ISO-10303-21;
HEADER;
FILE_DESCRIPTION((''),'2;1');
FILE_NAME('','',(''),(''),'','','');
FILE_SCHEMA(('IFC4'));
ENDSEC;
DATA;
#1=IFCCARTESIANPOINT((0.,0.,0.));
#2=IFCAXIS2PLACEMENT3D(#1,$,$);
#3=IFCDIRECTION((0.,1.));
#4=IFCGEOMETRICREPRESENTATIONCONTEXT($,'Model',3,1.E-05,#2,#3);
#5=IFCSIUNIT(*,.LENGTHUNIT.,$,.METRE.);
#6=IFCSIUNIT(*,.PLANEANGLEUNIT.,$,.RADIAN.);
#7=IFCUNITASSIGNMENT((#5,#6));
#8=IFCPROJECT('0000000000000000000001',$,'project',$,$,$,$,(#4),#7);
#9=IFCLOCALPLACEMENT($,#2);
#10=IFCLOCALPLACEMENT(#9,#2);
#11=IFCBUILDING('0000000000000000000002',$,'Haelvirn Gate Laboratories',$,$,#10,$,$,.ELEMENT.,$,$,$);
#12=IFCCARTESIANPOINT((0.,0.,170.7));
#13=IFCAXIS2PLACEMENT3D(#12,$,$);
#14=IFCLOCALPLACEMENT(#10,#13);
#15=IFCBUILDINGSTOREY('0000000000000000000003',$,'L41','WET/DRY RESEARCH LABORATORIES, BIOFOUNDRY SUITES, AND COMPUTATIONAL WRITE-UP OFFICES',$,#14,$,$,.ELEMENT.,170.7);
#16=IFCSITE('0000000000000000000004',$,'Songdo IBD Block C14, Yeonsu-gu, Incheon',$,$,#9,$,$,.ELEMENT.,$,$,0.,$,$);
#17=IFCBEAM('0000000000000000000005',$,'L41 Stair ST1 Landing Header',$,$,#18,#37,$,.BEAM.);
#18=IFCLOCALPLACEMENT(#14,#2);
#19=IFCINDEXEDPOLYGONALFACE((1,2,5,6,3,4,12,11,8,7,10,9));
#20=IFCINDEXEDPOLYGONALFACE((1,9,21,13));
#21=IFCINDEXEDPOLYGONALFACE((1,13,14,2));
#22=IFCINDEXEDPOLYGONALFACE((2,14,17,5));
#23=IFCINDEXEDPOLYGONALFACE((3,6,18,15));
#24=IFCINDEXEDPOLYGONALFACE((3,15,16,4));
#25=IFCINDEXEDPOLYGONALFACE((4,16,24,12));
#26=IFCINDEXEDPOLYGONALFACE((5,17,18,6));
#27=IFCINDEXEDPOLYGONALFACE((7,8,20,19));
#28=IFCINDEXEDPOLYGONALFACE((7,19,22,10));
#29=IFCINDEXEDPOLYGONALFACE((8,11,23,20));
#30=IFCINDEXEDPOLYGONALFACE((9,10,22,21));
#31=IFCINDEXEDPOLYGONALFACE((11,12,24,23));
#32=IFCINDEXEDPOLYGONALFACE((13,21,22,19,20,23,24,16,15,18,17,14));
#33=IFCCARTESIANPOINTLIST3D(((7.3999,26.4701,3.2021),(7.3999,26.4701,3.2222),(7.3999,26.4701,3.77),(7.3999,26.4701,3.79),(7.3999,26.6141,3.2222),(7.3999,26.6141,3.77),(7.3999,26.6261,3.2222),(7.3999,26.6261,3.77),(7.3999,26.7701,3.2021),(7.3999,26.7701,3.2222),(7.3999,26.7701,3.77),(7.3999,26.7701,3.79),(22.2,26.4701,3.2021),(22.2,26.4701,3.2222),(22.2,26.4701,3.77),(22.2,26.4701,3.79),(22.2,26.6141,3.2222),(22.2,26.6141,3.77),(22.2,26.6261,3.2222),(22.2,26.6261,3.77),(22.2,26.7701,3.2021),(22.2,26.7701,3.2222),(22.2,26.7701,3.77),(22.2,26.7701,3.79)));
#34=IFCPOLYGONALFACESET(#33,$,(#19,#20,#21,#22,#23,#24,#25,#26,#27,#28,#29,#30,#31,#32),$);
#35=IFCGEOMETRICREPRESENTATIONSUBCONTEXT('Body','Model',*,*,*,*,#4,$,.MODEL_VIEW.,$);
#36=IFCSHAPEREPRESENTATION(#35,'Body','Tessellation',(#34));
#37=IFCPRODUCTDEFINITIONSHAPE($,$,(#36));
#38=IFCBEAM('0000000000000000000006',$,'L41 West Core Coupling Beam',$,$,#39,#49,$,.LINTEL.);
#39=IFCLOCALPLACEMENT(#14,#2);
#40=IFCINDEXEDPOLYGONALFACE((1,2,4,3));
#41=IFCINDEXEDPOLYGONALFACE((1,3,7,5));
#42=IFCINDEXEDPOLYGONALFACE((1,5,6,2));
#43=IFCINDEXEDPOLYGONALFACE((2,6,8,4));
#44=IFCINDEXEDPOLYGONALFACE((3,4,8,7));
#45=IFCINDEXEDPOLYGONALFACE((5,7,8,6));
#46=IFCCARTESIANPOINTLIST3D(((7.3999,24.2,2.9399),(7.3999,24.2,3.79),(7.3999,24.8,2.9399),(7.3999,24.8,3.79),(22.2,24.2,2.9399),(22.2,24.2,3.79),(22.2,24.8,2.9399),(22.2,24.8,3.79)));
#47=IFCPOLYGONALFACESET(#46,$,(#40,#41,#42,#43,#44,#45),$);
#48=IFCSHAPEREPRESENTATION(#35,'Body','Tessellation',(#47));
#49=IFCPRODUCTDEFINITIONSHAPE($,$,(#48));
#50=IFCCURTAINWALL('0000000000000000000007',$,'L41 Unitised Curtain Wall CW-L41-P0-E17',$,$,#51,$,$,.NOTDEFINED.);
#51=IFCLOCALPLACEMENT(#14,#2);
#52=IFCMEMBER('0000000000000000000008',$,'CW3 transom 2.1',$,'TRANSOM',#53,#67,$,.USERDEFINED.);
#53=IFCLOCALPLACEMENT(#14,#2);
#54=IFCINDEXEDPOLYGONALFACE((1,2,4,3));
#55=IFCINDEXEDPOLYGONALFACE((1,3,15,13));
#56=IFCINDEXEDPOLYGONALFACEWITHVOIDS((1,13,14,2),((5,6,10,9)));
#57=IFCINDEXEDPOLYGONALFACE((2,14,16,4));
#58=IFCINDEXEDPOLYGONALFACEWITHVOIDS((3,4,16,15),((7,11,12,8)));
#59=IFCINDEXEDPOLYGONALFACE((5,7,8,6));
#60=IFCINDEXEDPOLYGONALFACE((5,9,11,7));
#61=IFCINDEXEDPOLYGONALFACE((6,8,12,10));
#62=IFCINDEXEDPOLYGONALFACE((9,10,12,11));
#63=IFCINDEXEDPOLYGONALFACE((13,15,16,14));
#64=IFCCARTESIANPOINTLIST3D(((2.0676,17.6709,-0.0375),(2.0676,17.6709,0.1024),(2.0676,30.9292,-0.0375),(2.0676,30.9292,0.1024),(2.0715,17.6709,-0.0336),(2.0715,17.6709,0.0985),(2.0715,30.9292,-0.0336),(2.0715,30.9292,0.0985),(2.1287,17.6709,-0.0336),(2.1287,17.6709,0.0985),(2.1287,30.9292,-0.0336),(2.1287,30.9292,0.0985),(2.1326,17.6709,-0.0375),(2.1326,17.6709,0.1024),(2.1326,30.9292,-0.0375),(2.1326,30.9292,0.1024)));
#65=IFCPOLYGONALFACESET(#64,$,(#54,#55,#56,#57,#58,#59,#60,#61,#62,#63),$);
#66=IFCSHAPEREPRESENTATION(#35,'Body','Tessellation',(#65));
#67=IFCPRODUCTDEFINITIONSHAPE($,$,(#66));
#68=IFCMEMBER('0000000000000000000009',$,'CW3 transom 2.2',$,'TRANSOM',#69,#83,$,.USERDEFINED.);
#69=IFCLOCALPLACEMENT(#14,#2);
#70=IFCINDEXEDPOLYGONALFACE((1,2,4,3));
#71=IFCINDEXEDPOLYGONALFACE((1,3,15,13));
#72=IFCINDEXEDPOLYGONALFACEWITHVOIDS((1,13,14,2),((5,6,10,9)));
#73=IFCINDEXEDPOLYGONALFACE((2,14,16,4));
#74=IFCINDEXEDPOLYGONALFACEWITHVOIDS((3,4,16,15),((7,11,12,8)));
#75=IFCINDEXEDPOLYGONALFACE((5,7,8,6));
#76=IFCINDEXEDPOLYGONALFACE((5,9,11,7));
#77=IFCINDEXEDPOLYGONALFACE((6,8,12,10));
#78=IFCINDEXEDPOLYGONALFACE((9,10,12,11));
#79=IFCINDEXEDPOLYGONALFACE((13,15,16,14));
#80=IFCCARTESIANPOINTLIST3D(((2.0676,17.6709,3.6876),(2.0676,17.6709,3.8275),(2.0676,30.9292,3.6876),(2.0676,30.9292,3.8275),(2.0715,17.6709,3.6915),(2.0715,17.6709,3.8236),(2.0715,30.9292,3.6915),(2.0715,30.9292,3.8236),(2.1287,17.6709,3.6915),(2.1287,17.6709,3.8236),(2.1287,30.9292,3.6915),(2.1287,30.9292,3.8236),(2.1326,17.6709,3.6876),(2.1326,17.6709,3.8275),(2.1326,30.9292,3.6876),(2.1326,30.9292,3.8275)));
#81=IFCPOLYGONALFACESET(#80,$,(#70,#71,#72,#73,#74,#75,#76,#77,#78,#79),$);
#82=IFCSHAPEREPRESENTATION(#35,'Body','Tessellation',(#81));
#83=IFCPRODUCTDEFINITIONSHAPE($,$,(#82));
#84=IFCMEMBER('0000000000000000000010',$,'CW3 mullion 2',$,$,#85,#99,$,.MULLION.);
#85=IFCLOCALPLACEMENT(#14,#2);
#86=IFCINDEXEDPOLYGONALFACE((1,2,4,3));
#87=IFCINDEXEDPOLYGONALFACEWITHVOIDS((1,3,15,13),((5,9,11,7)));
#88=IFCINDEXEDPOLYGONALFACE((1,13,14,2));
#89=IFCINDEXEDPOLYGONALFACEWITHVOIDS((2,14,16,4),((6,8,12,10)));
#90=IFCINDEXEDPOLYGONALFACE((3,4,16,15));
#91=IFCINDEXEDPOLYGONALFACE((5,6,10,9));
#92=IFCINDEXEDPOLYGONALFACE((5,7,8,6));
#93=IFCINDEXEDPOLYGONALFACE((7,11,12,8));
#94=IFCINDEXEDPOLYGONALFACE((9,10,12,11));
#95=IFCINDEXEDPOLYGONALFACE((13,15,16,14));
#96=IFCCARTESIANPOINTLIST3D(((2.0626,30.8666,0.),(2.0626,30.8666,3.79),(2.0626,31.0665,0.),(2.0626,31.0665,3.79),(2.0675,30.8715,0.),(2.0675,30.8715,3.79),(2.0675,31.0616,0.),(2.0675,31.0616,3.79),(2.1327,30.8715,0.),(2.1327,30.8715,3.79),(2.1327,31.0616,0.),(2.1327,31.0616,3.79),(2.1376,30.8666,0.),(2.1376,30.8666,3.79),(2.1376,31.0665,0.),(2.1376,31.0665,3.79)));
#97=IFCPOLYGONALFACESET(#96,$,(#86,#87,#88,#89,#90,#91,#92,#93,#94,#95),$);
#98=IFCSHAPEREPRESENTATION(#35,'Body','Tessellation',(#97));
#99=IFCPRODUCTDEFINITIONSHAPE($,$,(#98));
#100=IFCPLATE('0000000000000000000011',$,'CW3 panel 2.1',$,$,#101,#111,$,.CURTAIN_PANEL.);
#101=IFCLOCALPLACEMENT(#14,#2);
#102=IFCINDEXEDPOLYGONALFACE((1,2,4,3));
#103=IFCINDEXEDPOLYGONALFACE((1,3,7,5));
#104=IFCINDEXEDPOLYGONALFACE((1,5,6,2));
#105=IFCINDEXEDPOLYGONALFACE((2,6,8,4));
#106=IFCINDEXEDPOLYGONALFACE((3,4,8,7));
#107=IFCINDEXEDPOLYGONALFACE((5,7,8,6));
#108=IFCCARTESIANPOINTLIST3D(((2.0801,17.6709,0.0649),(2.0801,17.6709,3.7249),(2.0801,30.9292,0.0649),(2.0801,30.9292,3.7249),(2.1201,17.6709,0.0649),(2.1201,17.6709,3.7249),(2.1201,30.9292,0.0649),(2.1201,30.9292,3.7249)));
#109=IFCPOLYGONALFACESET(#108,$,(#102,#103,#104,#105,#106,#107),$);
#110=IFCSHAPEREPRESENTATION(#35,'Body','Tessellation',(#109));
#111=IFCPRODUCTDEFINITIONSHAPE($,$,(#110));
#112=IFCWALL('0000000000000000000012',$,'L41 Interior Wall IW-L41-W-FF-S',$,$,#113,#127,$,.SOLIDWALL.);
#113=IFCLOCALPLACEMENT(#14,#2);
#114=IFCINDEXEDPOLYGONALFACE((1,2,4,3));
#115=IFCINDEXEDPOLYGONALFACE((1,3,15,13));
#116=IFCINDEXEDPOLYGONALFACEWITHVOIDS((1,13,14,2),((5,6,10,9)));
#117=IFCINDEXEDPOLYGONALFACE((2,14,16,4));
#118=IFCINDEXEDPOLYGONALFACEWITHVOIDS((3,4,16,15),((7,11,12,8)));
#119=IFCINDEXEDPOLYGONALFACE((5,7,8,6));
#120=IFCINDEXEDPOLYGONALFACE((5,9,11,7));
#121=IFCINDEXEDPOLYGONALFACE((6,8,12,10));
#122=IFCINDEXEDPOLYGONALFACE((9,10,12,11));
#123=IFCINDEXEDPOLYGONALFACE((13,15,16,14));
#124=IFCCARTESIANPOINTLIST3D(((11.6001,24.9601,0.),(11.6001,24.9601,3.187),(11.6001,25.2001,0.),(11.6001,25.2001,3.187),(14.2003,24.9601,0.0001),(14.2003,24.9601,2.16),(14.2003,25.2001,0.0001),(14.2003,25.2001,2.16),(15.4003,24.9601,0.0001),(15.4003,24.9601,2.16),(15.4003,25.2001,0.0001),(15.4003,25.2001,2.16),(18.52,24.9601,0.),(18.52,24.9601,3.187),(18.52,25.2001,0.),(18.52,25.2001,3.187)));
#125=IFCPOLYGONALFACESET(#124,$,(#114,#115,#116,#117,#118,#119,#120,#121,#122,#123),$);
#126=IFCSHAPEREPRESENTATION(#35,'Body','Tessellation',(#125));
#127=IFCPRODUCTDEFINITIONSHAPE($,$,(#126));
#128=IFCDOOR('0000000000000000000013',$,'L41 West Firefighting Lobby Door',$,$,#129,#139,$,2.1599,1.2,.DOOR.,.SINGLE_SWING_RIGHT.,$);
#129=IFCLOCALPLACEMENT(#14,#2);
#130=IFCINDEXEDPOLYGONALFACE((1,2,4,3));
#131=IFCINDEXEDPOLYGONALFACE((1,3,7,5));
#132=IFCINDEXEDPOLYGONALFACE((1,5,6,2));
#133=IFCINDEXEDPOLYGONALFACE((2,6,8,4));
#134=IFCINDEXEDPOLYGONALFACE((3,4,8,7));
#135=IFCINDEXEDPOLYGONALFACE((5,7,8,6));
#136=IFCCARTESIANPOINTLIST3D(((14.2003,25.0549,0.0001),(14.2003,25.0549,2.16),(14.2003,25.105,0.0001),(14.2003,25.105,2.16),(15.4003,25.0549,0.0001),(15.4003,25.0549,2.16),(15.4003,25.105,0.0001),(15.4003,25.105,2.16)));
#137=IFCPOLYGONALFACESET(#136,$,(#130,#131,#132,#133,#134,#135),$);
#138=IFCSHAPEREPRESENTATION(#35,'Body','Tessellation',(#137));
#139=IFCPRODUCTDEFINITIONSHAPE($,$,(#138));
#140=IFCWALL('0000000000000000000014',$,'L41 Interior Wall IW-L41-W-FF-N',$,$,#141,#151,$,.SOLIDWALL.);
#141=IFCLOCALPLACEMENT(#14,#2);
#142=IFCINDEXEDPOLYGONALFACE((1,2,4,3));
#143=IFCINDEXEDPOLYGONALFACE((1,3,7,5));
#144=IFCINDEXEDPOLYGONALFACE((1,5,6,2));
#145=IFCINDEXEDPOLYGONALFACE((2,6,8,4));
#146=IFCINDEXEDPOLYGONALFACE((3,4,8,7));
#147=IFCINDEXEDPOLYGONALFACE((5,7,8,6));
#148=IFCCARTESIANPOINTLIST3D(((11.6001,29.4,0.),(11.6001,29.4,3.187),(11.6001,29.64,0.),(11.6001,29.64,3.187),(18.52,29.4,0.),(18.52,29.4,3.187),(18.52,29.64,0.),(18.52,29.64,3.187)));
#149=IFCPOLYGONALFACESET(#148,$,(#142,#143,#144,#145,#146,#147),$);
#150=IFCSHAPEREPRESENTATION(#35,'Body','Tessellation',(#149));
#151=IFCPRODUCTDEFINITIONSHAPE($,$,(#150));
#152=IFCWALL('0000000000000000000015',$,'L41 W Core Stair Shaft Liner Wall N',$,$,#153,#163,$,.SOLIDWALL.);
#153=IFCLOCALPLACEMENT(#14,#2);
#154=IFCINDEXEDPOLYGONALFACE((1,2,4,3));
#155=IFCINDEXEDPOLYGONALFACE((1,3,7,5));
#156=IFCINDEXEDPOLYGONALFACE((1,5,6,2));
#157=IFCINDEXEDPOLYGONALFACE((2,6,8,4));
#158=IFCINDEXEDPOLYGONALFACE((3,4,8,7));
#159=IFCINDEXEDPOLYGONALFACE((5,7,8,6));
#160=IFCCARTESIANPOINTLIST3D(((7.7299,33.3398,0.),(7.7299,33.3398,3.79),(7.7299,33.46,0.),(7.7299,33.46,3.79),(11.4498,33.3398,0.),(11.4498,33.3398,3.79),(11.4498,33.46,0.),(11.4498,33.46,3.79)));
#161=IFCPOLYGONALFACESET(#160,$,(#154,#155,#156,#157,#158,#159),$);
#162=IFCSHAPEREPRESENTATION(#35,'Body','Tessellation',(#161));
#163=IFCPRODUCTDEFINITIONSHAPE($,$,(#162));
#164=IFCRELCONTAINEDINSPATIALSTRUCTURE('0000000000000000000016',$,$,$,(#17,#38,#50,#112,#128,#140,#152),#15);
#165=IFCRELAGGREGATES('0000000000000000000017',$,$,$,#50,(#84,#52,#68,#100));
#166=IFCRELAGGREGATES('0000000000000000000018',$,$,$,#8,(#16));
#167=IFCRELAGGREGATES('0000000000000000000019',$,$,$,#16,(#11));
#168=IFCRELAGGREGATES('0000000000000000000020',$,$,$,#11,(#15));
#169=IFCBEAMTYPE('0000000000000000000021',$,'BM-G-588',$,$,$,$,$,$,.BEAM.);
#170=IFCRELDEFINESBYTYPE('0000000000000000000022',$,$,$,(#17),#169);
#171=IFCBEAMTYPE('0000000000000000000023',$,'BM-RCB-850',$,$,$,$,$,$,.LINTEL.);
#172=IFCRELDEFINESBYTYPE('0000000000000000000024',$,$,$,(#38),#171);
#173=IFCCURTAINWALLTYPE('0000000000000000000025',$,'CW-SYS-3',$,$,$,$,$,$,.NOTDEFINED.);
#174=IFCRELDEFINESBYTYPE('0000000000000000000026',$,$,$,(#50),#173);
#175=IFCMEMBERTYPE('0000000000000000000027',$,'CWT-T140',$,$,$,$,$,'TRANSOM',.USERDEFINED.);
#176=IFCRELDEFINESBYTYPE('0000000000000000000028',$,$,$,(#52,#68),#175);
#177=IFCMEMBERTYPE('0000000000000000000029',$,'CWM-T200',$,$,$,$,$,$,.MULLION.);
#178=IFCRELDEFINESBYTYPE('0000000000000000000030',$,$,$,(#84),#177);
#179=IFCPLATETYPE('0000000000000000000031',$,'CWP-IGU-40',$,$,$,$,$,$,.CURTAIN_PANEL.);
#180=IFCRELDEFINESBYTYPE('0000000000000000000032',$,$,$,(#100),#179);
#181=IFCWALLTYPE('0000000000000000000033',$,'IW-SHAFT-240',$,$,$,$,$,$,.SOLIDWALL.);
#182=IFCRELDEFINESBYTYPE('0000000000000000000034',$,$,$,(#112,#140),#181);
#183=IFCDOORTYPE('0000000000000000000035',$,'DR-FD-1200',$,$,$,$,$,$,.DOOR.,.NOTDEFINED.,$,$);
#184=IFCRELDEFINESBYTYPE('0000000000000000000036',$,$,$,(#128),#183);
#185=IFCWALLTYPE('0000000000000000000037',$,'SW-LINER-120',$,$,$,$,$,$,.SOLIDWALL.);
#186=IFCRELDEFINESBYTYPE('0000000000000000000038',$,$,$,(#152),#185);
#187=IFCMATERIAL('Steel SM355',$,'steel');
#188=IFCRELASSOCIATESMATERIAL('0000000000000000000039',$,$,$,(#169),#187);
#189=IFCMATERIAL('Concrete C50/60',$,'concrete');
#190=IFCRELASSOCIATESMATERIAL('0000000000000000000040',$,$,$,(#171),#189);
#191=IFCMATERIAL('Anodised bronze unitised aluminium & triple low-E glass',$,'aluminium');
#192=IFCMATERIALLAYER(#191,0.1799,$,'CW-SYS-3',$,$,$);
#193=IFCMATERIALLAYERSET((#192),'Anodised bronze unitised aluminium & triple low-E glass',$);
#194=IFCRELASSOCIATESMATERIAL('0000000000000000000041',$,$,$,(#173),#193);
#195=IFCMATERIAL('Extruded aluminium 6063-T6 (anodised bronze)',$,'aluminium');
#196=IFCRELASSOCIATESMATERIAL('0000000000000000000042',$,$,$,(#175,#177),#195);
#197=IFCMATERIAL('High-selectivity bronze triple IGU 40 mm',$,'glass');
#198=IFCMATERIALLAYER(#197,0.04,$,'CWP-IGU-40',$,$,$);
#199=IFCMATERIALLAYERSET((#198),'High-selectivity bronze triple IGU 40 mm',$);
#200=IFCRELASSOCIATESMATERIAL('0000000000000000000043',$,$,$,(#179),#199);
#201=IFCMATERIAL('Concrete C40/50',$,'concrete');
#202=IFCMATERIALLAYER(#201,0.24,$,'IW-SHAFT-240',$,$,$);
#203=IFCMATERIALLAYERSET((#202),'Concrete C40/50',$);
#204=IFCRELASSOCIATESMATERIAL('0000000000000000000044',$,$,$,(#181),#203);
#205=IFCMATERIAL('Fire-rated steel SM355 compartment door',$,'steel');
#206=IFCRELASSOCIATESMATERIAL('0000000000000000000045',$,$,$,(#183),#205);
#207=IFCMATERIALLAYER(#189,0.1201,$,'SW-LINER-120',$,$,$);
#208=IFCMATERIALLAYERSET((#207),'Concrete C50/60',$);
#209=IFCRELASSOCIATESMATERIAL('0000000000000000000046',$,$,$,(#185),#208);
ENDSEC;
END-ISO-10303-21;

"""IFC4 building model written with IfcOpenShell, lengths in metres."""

from ifc_helpers import new_model, si_unit, direction, frame, frame_2d, origin, origin_2d, place, context, subcontext, project, spatial, rectangle, hollow_rectangle, i_section, extrude, source, transform, mapped, material, layer, layer_set, material_profile, profile_set, type_object, type_shapes, element, fill, aggregate, save


model = new_model("IFC4")

# Units and contexts
model_context = context("Model", 3, precision=1e-05, world=origin(), true_north=direction((0.0, 1.0)))
body_context = subcontext(model_context, "Body", "Model", "MODEL_VIEW")
ifc_project = project(units=[si_unit("LENGTHUNIT", "METRE"), si_unit("PLANEANGLEUNIT", "RADIAN")], contexts=[model_context])

# Site, building, storey
site_placement = place(None, origin())
site = spatial("IfcSite", under=ifc_project, at=site_placement, Name="Songdo IBD Block C14, Yeonsu-gu, Incheon", CompositionType="ELEMENT", RefElevation=0.0)
building_placement = place(site_placement, origin())
building = spatial("IfcBuilding", under=site, at=building_placement, Name="Haelvirn Gate Laboratories", CompositionType="ELEMENT")
storey_placement = place(building_placement, frame((0.0, 0.0, 170.7)))
storey = spatial("IfcBuildingStorey", under=building, at=storey_placement, Name="L41", Description="WET/DRY RESEARCH LABORATORIES, BIOFOUNDRY SUITES, AND COMPUTATIONAL WRITE-UP OFFICES", CompositionType="ELEMENT", Elevation=170.7)

# Beams
ifc_material_1 = material(Name="Steel SM355", Category="steel")
ifc_material_profile_1 = material_profile(ifc_material_1, i_section(OverallWidth=0.3, OverallDepth=0.5879, WebThickness=0.012, FlangeThickness=0.02, at=origin_2d()), Name="H-588x300x12x20")
ifc_profile_set_1 = profile_set([ifc_material_profile_1], Name="Steel SM355")
beam_type_1 = type_object("IfcBeamType", Name="BM-G-588", PredefinedType="BEAM", material=ifc_profile_set_1)
shared_shape_1 = source(origin(), body_context, "Body", "SweptSolid", [
    extrude(i_section(OverallWidth=0.3, OverallDepth=0.5879, WebThickness=0.012, FlangeThickness=0.02, at=origin_2d()), origin(), (0.0, 0.0, 1.0), 14.8),
])
type_shapes(beam_type_1, [shared_shape_1])
beam_1_placement = place(storey_placement, frame((7.3999, 26.6201, 3.4961), z_axis=(1.0, 0.0, 0.0), x_axis=(0.0, 1.0, 0.0)))
element("IfcBeam", 1, at=beam_1_placement, inside=storey, type_object=beam_type_1, Name="L41 Stair ST1 Landing Header", PredefinedType="BEAM", context=body_context, shape_type="MappedRepresentation", body=[
    mapped(shared_shape_1, transform((0.0, 0.0, 0.0), scale=1.0)),
])
ifc_material_2 = material(Name="Concrete C50/60", Category="concrete")
ifc_material_profile_2 = material_profile(ifc_material_2, rectangle(XDim=0.6001, YDim=0.8501, at=origin_2d()), Name="RCB-600x850")
ifc_profile_set_2 = profile_set([ifc_material_profile_2], Name="Concrete C50/60")
beam_type_2 = type_object("IfcBeamType", Name="BM-RCB-850", PredefinedType="LINTEL", material=ifc_profile_set_2)
shared_shape_2 = source(origin(), body_context, "Body", "SweptSolid", [
    extrude(rectangle(XDim=0.6001, YDim=0.8501, at=origin_2d()), origin(), (0.0, 0.0, 1.0), 14.8),
])
type_shapes(beam_type_2, [shared_shape_2])
beam_2_placement = place(storey_placement, frame((7.3999, 24.5, 3.365), z_axis=(1.0, 0.0, 0.0), x_axis=(0.0, 1.0, 0.0)))
element("IfcBeam", 2, at=beam_2_placement, inside=storey, type_object=beam_type_2, Name="L41 West Core Coupling Beam", PredefinedType="LINTEL", context=body_context, shape_type="MappedRepresentation", body=[
    mapped(shared_shape_2, transform((0.0, 0.0, 0.0), scale=1.0)),
])

# Curtain wall, members, plate
ifc_material_3 = material(Name="Anodised bronze unitised aluminium & triple low-E glass", Category="aluminium")
ifc_layer_1 = layer(ifc_material_3, 0.1799, Name="CW-SYS-3")
ifc_layer_set_1 = layer_set([ifc_layer_1], Name="Anodised bronze unitised aluminium & triple low-E glass")
curtain_wall_type = type_object("IfcCurtainWallType", Name="CW-SYS-3", PredefinedType="NOTDEFINED", material=ifc_layer_set_1)
curtain_wall_placement = place(storey_placement, origin())
curtain_wall = element("IfcCurtainWall", 3, at=curtain_wall_placement, inside=storey, type_object=curtain_wall_type, Name="L41 Unitised Curtain Wall CW-L41-P0-E17", PredefinedType="NOTDEFINED")
ifc_material_4 = material(Name="Extruded aluminium 6063-T6 (anodised bronze)", Category="aluminium")
ifc_material_profile_3 = material_profile(ifc_material_4, hollow_rectangle(XDim=0.0649, YDim=0.1399, WallThickness=0.0039, at=origin_2d()), Name="CWT-140x65x4")
ifc_profile_set_3 = profile_set([ifc_material_profile_3], Name="Extruded aluminium 6063-T6 (anodised bronze)")
member_type_1 = type_object("IfcMemberType", Name="CWT-T140", ElementType="TRANSOM", PredefinedType="USERDEFINED", material=ifc_profile_set_3)
shared_shape_3 = source(origin(), body_context, "Body", "SweptSolid", [
    extrude(hollow_rectangle(XDim=0.0649, YDim=0.1399, WallThickness=0.0039, at=origin_2d()), origin(), (0.0, 0.0, 1.0), 13.2583),
])
type_shapes(member_type_1, [shared_shape_3])
member_1_placement = place(storey_placement, frame((2.1001, 30.9292, 0.0325), z_axis=(0.0, -1.0, 0.0), x_axis=(1.0, 0.0, 0.0)))
member_1 = element("IfcMember", 4, at=member_1_placement, type_object=member_type_1, Name="CW3 transom 2.1", ObjectType="TRANSOM", PredefinedType="USERDEFINED", context=body_context, shape_type="MappedRepresentation", body=[
    mapped(shared_shape_3, transform((0.0, 0.0, 0.0), scale=1.0)),
])
member_2_placement = place(storey_placement, frame((2.1001, 30.9292, 3.7576), z_axis=(0.0, -1.0, 0.0), x_axis=(1.0, 0.0, 0.0)))
member_2 = element("IfcMember", 5, at=member_2_placement, type_object=member_type_1, Name="CW3 transom 2.2", ObjectType="TRANSOM", PredefinedType="USERDEFINED", context=body_context, shape_type="MappedRepresentation", body=[
    mapped(shared_shape_3, transform((0.0, 0.0, 0.0), scale=1.0)),
])
ifc_material_profile_4 = material_profile(ifc_material_4, hollow_rectangle(XDim=0.075, YDim=0.2, WallThickness=0.0049, at=origin_2d()), Name="CWM-200x75x5")
ifc_profile_set_4 = profile_set([ifc_material_profile_4], Name="Extruded aluminium 6063-T6 (anodised bronze)")
member_type_2 = type_object("IfcMemberType", Name="CWM-T200", PredefinedType="MULLION", material=ifc_profile_set_4)
shared_shape_4 = source(origin(), body_context, "Body", "SweptSolid", [
    extrude(hollow_rectangle(XDim=0.075, YDim=0.2, WallThickness=0.0049, at=origin_2d()), origin(), (0.0, 0.0, 1.0), 3.79),
])
type_shapes(member_type_2, [shared_shape_4])
member_3_placement = place(storey_placement, frame((2.1001, 30.9666, 0.0), z_axis=(0.0, 0.0, 1.0), x_axis=(1.0, 0.0, 0.0)))
member_3 = element("IfcMember", 6, at=member_3_placement, type_object=member_type_2, Name="CW3 mullion 2", PredefinedType="MULLION", context=body_context, shape_type="MappedRepresentation", body=[
    mapped(shared_shape_4, transform((0.0, 0.0, 0.0), scale=1.0)),
])
ifc_material_5 = material(Name="High-selectivity bronze triple IGU 40 mm", Category="glass")
ifc_layer_2 = layer(ifc_material_5, 0.04, Name="CWP-IGU-40")
ifc_layer_set_2 = layer_set([ifc_layer_2], Name="High-selectivity bronze triple IGU 40 mm")
plate_type = type_object("IfcPlateType", Name="CWP-IGU-40", PredefinedType="CURTAIN_PANEL", material=ifc_layer_set_2)
shared_shape_5 = source(origin(), body_context, "Body", "SweptSolid", [
    extrude(rectangle(XDim=13.2583, YDim=0.04, at=origin_2d()), origin(), (0.0, 0.0, 1.0), 3.6599),
])
type_shapes(plate_type, [shared_shape_5])
plate_placement = place(storey_placement, frame((2.1001, 24.3, 0.0649), z_axis=(0.0, 0.0, 1.0), x_axis=(0.0, -1.0, 0.0)))
plate = element("IfcPlate", 7, at=plate_placement, type_object=plate_type, Name="CW3 panel 2.1", PredefinedType="CURTAIN_PANEL", context=body_context, shape_type="MappedRepresentation", body=[
    mapped(shared_shape_5, transform((0.0, 0.0, 0.0), scale=1.0)),
])
aggregate(curtain_wall, [member_3, member_1, member_2, plate])

# Wall, opening, door
ifc_material_6 = material(Name="Concrete C40/50", Category="concrete")
ifc_layer_3 = layer(ifc_material_6, 0.24, Name="IW-SHAFT-240")
ifc_layer_set_3 = layer_set([ifc_layer_3], Name="Concrete C40/50")
wall_type_1 = type_object("IfcWallType", Name="IW-SHAFT-240", PredefinedType="SOLIDWALL", material=ifc_layer_set_3)
wall_1_placement = place(storey_placement, frame((11.6001, 25.0801, 0.0), z_axis=(0.0, 0.0, 1.0), x_axis=(1.0, 0.0, 0.0)))
wall_1 = element("IfcWall", 8, at=wall_1_placement, inside=storey, type_object=wall_type_1, Name="L41 Interior Wall IW-L41-W-FF-S", PredefinedType="SOLIDWALL", context=body_context, shape_type="SweptSolid", body=[
    extrude(rectangle(XDim=6.9199, YDim=0.24, at=frame_2d((3.46, 0.0))), origin(), (0.0, 0.0, 1.0), 3.187),
])
opening_1_placement = place(wall_1_placement, frame((2.6001, 0.0, 0.0)))
opening_1 = element("IfcOpeningElement", 9, at=opening_1_placement, cuts=wall_1, PredefinedType="OPENING", context=body_context, shape_type="SweptSolid", body=[
    extrude(rectangle(XDim=1.2, YDim=2.1599, at=frame_2d((0.6001, 1.0801))), frame((0.0, 0.1299, 0.0), z_axis=(0.0, -1.0, 0.0), x_axis=(1.0, 0.0, 0.0)), (0.0, 0.0, 1.0), 0.26),
])
ifc_material_7 = material(Name="Fire-rated steel SM355 compartment door", Category="steel")
door_type_1 = type_object("IfcDoorType", Name="DR-FD-1200", OperationType="NOTDEFINED", PredefinedType="DOOR", material=ifc_material_7)
shared_shape_6 = source(origin(), body_context, "Body", "SweptSolid", [
    extrude(rectangle(XDim=1.2, YDim=2.1599, at=frame_2d((0.6001, 1.0801))), frame((0.0, 0.0249, 0.0), z_axis=(0.0, -1.0, 0.0), x_axis=(1.0, 0.0, 0.0)), (0.0, 0.0, 1.0), 0.05),
])
type_shapes(door_type_1, [shared_shape_6])
door_1_placement = place(opening_1_placement, origin())
door_1 = element("IfcDoor", 10, at=door_1_placement, inside=storey, type_object=door_type_1, Name="L41 West Firefighting Lobby Door", OperationType="SINGLE_SWING_RIGHT", OverallHeight=2.1599, OverallWidth=1.2, PredefinedType="DOOR", context=body_context, shape_type="MappedRepresentation", body=[
    mapped(shared_shape_6, transform((0.0, 0.0, 0.0), scale=1.0)),
])
fill(opening_1, door_1)

# Wall
wall_2_placement = place(storey_placement, frame((11.6001, 29.52, 0.0), z_axis=(0.0, 0.0, 1.0), x_axis=(1.0, 0.0, 0.0)))
element("IfcWall", 11, at=wall_2_placement, inside=storey, type_object=wall_type_1, Name="L41 Interior Wall IW-L41-W-FF-N", PredefinedType="SOLIDWALL", context=body_context, shape_type="SweptSolid", body=[
    extrude(rectangle(XDim=6.9199, YDim=0.24, at=frame_2d((3.46, 0.0))), origin(), (0.0, 0.0, 1.0), 3.187),
])

# Wall
ifc_layer_4 = layer(ifc_material_2, 0.1201, Name="SW-LINER-120")
ifc_layer_set_4 = layer_set([ifc_layer_4], Name="Concrete C50/60")
wall_type_2 = type_object("IfcWallType", Name="SW-LINER-120", PredefinedType="SOLIDWALL", material=ifc_layer_set_4)
wall_3_placement = place(storey_placement, frame((7.73, 33.3999, 0.0), z_axis=(0.0, 0.0, 1.0), x_axis=(1.0, 0.0, 0.0)))
element("IfcWall", 12, at=wall_3_placement, inside=storey, type_object=wall_type_2, Name="L41 W Core Stair Shaft Liner Wall N", PredefinedType="SOLIDWALL", context=body_context, shape_type="SweptSolid", body=[
    extrude(rectangle(XDim=3.72, YDim=0.1201, at=frame_2d((1.8599, 0.0))), origin(), (0.0, 0.0, 1.0), 3.79),
])

save(model, "model.ifc")
